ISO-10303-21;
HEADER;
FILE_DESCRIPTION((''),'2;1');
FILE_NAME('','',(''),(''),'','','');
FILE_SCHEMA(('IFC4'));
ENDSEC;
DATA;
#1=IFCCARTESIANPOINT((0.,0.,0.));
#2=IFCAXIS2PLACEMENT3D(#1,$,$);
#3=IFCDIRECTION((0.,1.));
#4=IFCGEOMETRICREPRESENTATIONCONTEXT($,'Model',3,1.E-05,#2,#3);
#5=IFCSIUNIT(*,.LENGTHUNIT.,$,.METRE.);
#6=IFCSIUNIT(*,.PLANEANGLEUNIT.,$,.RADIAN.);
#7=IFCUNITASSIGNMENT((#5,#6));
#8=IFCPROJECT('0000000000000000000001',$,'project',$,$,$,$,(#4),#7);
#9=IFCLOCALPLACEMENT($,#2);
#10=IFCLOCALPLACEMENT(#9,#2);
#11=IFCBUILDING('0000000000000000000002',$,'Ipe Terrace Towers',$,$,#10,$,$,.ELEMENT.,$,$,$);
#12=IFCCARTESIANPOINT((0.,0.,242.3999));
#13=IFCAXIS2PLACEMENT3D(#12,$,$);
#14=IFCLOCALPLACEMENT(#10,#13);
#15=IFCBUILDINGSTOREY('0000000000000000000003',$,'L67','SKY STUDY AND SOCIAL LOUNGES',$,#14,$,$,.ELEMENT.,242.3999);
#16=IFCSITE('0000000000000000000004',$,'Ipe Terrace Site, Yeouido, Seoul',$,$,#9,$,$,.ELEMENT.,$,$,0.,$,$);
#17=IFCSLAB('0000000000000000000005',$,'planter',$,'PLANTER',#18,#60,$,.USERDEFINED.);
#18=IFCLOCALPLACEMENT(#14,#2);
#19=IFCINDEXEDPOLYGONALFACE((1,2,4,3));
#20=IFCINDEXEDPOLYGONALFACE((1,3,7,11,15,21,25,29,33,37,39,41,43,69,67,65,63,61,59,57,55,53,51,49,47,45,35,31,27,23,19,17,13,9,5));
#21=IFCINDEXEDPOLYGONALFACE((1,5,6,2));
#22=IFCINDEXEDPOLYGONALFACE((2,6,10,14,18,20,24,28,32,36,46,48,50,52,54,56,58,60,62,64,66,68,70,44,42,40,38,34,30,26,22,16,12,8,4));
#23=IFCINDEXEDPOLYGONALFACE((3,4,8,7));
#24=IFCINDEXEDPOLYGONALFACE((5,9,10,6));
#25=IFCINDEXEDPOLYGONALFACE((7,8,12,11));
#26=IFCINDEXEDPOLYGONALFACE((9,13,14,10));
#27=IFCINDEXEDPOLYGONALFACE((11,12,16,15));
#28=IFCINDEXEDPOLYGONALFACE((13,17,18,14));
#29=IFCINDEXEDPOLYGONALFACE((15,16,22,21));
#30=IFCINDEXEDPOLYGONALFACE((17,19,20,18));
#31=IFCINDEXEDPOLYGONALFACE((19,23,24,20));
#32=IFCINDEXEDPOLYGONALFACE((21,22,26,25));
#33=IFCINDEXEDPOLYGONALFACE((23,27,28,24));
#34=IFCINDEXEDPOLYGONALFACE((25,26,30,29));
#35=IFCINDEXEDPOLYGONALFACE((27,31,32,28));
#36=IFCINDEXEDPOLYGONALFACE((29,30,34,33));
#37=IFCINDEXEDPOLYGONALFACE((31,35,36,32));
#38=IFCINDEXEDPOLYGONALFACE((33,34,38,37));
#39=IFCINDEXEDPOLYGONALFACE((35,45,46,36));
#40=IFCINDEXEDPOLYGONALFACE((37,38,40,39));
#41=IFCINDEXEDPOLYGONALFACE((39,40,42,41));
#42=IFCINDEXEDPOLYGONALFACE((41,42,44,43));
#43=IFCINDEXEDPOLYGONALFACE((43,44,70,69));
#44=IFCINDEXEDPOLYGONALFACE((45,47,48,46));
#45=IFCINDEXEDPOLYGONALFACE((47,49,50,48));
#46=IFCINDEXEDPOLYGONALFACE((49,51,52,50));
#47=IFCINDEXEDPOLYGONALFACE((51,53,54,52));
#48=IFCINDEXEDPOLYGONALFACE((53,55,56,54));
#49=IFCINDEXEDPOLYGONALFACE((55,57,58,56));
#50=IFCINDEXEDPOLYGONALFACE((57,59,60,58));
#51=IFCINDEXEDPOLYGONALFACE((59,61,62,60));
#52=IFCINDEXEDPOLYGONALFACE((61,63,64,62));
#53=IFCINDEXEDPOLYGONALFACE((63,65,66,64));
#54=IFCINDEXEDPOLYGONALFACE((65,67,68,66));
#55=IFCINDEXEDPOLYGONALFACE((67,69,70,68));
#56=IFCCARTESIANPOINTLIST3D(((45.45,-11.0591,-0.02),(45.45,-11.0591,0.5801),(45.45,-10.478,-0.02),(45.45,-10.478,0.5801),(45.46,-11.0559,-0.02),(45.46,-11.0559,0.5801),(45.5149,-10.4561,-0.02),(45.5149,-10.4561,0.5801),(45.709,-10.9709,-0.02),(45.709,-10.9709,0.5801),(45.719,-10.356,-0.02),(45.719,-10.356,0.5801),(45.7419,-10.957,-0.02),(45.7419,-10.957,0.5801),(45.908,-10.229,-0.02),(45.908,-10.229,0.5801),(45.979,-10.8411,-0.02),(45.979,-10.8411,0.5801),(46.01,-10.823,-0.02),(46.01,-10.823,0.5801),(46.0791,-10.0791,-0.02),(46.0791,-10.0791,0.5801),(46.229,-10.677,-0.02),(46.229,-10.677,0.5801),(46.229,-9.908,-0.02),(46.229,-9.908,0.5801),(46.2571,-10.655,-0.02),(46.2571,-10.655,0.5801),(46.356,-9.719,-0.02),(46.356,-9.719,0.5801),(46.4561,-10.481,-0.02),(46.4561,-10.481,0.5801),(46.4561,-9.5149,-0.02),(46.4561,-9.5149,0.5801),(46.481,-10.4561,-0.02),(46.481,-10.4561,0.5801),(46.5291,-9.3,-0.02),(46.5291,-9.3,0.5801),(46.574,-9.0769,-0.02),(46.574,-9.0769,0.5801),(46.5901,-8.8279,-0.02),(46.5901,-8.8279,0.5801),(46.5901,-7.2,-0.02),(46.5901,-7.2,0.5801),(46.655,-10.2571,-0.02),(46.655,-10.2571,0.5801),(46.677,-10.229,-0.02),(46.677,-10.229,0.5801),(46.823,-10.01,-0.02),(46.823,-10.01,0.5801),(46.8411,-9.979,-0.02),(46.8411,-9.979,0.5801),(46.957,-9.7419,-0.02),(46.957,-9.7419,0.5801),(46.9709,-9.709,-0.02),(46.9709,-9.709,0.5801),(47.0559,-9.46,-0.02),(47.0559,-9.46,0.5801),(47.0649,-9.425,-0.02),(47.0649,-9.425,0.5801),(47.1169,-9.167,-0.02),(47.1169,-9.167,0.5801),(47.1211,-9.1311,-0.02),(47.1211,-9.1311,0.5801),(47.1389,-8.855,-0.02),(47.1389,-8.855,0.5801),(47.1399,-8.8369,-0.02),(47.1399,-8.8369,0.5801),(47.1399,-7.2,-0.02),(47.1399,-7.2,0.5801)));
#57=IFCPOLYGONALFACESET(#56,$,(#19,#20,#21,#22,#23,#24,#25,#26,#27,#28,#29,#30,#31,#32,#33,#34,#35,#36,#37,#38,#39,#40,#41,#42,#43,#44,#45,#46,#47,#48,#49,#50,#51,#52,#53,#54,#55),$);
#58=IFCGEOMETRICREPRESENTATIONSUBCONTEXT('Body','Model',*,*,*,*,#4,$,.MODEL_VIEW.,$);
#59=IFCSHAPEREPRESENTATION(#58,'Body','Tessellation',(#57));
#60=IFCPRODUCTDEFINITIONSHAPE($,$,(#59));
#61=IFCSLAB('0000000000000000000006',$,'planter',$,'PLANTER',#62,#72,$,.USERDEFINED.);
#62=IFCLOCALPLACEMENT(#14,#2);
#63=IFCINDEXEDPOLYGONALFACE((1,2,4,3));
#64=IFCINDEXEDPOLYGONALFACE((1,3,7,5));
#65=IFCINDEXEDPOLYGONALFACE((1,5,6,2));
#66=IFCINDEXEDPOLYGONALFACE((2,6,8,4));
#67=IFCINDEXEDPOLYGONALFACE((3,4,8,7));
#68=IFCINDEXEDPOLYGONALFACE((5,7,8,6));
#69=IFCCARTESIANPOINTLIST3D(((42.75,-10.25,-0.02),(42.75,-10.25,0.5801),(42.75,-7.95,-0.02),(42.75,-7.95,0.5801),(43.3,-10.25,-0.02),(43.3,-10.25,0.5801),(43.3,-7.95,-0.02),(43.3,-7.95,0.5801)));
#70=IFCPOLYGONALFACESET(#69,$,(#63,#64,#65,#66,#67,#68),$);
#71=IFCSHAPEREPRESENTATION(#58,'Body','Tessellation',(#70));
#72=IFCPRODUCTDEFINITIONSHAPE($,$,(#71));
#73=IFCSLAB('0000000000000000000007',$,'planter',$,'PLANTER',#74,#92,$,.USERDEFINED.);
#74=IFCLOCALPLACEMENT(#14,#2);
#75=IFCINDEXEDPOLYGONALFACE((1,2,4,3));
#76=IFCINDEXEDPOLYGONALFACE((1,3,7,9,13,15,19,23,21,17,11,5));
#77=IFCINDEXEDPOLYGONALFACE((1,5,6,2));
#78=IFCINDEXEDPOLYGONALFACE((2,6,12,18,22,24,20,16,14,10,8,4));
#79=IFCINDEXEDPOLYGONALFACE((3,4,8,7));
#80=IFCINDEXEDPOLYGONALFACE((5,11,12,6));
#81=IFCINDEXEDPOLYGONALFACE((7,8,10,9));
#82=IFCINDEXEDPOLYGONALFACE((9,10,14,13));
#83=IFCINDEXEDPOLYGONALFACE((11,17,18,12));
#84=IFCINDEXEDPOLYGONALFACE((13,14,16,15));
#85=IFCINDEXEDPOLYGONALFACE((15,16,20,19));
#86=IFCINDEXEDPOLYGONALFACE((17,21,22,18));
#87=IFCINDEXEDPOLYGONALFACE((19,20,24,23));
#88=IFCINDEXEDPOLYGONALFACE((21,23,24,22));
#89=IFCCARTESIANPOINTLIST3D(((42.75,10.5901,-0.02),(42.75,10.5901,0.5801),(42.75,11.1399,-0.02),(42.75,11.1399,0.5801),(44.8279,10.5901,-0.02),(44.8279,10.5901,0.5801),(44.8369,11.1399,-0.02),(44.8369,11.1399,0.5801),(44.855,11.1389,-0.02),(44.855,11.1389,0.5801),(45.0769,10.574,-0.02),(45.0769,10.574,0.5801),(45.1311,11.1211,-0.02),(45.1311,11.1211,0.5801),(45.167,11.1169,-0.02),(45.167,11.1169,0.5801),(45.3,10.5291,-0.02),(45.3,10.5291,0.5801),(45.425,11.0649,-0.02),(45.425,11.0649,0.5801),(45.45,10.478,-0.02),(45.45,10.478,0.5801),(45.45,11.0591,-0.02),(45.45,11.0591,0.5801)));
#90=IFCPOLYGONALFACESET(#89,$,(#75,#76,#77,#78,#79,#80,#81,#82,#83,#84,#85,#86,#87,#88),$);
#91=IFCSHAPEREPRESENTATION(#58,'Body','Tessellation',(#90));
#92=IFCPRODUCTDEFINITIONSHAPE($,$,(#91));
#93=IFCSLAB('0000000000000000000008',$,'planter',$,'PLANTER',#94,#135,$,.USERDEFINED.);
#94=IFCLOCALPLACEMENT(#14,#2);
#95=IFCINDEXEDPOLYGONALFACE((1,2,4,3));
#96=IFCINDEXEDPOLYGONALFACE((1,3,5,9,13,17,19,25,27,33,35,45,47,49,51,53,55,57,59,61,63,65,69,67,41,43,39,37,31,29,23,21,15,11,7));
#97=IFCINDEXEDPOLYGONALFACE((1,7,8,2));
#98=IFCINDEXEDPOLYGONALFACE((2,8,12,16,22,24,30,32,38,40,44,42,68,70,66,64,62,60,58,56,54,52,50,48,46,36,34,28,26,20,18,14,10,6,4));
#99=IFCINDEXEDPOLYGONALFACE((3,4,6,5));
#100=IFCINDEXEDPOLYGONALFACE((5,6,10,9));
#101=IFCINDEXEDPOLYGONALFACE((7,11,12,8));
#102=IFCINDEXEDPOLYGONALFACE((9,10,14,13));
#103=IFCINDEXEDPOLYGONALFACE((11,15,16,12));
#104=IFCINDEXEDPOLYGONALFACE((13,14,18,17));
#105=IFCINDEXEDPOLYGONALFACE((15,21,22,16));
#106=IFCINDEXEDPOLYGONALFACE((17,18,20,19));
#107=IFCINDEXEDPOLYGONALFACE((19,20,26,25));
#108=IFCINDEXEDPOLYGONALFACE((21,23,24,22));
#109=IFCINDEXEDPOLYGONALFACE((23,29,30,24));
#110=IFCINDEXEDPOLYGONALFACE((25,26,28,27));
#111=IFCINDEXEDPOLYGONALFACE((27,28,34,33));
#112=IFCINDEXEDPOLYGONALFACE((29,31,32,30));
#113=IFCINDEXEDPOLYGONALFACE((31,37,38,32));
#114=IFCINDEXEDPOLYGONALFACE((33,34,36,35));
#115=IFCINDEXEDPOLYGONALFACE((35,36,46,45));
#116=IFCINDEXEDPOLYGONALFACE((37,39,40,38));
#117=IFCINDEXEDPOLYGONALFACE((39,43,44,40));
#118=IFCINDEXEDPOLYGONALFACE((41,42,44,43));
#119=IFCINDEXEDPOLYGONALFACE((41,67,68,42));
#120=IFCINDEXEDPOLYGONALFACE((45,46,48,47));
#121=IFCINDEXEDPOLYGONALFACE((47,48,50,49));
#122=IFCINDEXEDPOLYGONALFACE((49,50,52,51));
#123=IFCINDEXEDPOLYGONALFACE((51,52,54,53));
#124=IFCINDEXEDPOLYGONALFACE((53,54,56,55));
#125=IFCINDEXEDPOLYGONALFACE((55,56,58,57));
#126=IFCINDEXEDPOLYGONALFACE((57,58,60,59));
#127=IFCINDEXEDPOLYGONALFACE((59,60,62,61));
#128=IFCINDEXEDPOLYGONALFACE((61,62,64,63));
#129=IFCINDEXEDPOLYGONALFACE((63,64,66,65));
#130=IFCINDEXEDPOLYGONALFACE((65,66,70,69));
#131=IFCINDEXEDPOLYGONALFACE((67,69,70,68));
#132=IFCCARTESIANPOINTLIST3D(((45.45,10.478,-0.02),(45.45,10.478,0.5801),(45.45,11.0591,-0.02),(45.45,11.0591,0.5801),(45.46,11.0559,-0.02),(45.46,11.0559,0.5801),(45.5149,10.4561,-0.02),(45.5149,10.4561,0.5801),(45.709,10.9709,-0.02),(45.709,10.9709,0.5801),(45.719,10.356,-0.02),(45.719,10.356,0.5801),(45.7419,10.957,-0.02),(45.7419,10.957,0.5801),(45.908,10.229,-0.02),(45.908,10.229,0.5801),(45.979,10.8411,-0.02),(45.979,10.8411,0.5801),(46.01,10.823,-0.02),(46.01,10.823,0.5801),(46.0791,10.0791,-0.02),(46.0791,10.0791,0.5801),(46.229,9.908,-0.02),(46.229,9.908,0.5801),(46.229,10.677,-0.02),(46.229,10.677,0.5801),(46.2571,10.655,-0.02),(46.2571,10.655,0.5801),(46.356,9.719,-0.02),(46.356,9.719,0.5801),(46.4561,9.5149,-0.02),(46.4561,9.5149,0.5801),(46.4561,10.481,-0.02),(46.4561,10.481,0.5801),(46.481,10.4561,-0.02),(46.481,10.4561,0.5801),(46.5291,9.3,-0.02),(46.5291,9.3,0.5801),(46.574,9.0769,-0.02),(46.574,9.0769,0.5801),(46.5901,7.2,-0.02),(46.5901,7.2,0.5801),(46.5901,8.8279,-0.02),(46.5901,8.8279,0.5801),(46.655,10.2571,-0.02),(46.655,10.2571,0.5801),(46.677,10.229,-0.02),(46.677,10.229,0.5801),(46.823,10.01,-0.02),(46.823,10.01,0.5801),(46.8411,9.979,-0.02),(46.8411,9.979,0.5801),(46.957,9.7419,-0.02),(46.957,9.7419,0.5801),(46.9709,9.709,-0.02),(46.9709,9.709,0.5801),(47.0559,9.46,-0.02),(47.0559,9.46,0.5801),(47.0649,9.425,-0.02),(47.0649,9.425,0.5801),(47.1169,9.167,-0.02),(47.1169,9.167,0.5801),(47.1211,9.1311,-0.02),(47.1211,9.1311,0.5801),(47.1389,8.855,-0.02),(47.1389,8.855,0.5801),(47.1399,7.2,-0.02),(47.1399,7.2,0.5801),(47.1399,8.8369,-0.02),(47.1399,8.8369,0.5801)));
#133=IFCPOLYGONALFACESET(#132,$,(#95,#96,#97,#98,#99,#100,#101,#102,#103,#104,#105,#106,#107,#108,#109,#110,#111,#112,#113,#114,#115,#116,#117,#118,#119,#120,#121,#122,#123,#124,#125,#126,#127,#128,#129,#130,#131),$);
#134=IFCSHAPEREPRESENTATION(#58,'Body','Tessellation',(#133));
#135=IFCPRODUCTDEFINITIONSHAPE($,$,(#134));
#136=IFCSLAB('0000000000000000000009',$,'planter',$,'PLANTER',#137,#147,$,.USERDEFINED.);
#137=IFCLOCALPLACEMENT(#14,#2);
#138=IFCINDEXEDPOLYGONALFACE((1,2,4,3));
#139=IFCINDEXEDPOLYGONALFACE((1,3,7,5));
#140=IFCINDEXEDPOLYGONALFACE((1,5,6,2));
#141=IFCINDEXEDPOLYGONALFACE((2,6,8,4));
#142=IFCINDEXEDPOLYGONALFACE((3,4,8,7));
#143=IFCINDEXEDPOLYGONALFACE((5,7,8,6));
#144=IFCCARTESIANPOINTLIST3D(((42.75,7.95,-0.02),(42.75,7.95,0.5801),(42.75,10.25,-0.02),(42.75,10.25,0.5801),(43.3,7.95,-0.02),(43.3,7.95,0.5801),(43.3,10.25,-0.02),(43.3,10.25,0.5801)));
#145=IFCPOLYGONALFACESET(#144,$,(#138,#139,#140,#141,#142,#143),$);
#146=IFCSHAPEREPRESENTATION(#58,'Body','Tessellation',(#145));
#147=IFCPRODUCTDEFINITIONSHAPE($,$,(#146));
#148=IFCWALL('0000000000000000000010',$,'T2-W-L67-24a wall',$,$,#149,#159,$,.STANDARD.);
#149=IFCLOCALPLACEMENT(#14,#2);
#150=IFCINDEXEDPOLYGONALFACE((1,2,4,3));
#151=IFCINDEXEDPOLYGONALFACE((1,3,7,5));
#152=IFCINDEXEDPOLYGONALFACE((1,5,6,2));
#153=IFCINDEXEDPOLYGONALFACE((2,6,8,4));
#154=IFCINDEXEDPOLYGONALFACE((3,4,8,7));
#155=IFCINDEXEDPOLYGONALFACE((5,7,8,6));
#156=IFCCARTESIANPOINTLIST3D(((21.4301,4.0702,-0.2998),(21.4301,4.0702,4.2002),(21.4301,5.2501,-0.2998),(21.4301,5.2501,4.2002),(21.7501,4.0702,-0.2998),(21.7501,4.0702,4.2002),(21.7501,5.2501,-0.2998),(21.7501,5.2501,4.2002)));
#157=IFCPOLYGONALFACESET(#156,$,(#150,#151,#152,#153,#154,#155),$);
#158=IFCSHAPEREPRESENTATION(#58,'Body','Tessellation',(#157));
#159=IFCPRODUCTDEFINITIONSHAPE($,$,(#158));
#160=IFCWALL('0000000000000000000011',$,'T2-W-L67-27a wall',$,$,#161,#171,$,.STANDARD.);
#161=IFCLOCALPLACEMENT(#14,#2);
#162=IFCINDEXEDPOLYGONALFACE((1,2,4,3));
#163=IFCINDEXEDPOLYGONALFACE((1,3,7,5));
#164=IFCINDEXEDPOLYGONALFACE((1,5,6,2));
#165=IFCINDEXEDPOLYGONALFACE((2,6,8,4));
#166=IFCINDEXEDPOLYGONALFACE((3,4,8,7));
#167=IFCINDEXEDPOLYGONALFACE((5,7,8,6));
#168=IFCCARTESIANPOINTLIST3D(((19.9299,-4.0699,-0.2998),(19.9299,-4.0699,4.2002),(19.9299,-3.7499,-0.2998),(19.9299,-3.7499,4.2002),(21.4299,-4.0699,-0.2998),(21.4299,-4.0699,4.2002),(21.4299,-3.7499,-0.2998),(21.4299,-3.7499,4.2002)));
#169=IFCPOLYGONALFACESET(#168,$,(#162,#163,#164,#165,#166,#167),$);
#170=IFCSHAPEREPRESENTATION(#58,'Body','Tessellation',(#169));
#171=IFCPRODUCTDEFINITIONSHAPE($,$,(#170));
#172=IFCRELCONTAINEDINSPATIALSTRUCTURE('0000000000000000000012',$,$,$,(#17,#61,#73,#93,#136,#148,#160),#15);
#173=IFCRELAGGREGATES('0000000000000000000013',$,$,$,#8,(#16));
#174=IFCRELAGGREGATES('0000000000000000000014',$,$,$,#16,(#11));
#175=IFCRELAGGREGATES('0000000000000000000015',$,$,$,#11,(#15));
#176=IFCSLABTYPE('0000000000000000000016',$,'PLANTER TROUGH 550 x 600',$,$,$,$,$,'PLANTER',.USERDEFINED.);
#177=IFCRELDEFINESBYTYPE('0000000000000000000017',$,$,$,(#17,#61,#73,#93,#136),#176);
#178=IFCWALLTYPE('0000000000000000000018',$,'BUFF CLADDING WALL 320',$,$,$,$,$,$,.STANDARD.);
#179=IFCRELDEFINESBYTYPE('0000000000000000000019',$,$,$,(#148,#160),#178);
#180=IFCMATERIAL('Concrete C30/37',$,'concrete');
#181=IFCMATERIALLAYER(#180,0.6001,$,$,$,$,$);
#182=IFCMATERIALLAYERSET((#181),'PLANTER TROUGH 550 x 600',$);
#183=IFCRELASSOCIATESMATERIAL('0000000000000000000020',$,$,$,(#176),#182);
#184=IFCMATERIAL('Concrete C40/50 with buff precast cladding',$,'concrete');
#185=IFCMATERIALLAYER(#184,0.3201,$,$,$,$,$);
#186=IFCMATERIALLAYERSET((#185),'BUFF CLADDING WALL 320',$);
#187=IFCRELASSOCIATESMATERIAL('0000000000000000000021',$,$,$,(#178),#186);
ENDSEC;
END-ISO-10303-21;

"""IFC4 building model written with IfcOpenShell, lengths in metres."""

from ifc_helpers import new_model, si_unit, direction, frame, frame_2d, origin, place, context, subcontext, project, spatial, polyline, rectangle, outline, extrude, material, layer, layer_set, type_object, element, save


model = new_model("IFC4")

# Units and contexts
model_context = context("Model", 3, precision=1e-05, world=origin(), true_north=direction((0.0, 1.0)))
body_context = subcontext(model_context, "Body", "Model", "MODEL_VIEW")
ifc_project = project(units=[si_unit("LENGTHUNIT", "METRE"), si_unit("PLANEANGLEUNIT", "RADIAN")], contexts=[model_context])

# Site, building, storey
site_placement = place(None, origin())
site = spatial("IfcSite", under=ifc_project, at=site_placement, Name="Ipe Terrace Site, Yeouido, Seoul", CompositionType="ELEMENT", RefElevation=0.0)
building_placement = place(site_placement, origin())
building = spatial("IfcBuilding", under=site, at=building_placement, Name="Ipe Terrace Towers", CompositionType="ELEMENT")
storey_placement = place(building_placement, frame((0.0, 0.0, 242.3999)))
storey = spatial("IfcBuildingStorey", under=building, at=storey_placement, Name="L67", Description="SKY STUDY AND SOCIAL LOUNGES", CompositionType="ELEMENT", Elevation=242.3999)

# Slabs
ifc_material_1 = material(Name="Concrete C30/37", Category="concrete")
ifc_layer_1 = layer(ifc_material_1, 0.6001)
ifc_layer_set_1 = layer_set([ifc_layer_1], Name="PLANTER TROUGH 550 x 600")
slab_type_1 = type_object("IfcSlabType", Name="PLANTER TROUGH 550 x 600", ElementType="PLANTER", PredefinedType="USERDEFINED", material=ifc_layer_set_1)
slab_1_placement = place(storey_placement, frame((0.0, 0.0, -0.02)))
element("IfcSlab", 1, at=slab_1_placement, inside=storey, type_object=slab_type_1, Name="planter", ObjectType="PLANTER", PredefinedType="USERDEFINED", context=body_context, shape_type="SweptSolid", body=[
    extrude(outline(polyline([(45.5149, -10.4561), (45.45, -10.478), (45.45, -11.0591), (45.46, -11.0559), (45.709, -10.9709), (45.7419, -10.957), (45.979, -10.8411), (46.01, -10.823), (46.229, -10.677), (46.2571, -10.655), (46.4561, -10.481), (46.481, -10.4561), (46.655, -10.2571), (46.677, -10.229), (46.823, -10.01), (46.8411, -9.979), (46.957, -9.7419), (46.9709, -9.709), (47.0559, -9.46), (47.0649, -9.425), (47.1169, -9.167), (47.1211, -9.1311), (47.1389, -8.855), (47.1399, -8.8369), (47.1399, -7.2), (46.5901, -7.2), (46.5901, -8.8279), (46.574, -9.0769), (46.5291, -9.3), (46.4561, -9.5149), (46.356, -9.719), (46.229, -9.908), (46.0791, -10.0791), (45.908, -10.229), (45.719, -10.356), (45.5149, -10.4561)])), origin(), (0.0, 0.0, 1.0), 0.6001),
])
slab_2_placement = place(storey_placement, frame((0.0, 0.0, -0.02)))
element("IfcSlab", 2, at=slab_2_placement, inside=storey, type_object=slab_type_1, Name="planter", ObjectType="PLANTER", PredefinedType="USERDEFINED", context=body_context, shape_type="SweptSolid", body=[
    extrude(outline(polyline([(42.75, -7.95), (42.75, -10.25), (43.3, -10.25), (43.3, -7.95), (42.75, -7.95)])), origin(), (0.0, 0.0, 1.0), 0.6001),
])
slab_3_placement = place(storey_placement, frame((0.0, 0.0, -0.02)))
element("IfcSlab", 3, at=slab_3_placement, inside=storey, type_object=slab_type_1, Name="planter", ObjectType="PLANTER", PredefinedType="USERDEFINED", context=body_context, shape_type="SweptSolid", body=[
    extrude(outline(polyline([(45.3, 10.5291), (45.45, 10.478), (45.45, 11.0591), (45.425, 11.0649), (45.167, 11.1169), (45.1311, 11.1211), (44.855, 11.1389), (44.8369, 11.1399), (42.75, 11.1399), (42.75, 10.5901), (44.8279, 10.5901), (45.0769, 10.574), (45.3, 10.5291)])), origin(), (0.0, 0.0, 1.0), 0.6001),
])
slab_4_placement = place(storey_placement, frame((0.0, 0.0, -0.02)))
element("IfcSlab", 4, at=slab_4_placement, inside=storey, type_object=slab_type_1, Name="planter", ObjectType="PLANTER", PredefinedType="USERDEFINED", context=body_context, shape_type="SweptSolid", body=[
    extrude(outline(polyline([(45.5149, 10.4561), (45.719, 10.356), (45.908, 10.229), (46.0791, 10.0791), (46.229, 9.908), (46.356, 9.719), (46.4561, 9.5149), (46.5291, 9.3), (46.574, 9.0769), (46.5901, 8.8279), (46.5901, 7.2), (47.1399, 7.2), (47.1399, 8.8369), (47.1389, 8.855), (47.1211, 9.1311), (47.1169, 9.167), (47.0649, 9.425), (47.0559, 9.46), (46.9709, 9.709), (46.957, 9.7419), (46.8411, 9.979), (46.823, 10.01), (46.677, 10.229), (46.655, 10.2571), (46.481, 10.4561), (46.4561, 10.481), (46.2571, 10.655), (46.229, 10.677), (46.01, 10.823), (45.979, 10.8411), (45.7419, 10.957), (45.709, 10.9709), (45.46, 11.0559), (45.45, 11.0591), (45.45, 10.478), (45.5149, 10.4561)])), origin(), (0.0, 0.0, 1.0), 0.6001),
])
slab_5_placement = place(storey_placement, frame((0.0, 0.0, -0.02)))
element("IfcSlab", 5, at=slab_5_placement, inside=storey, type_object=slab_type_1, Name="planter", ObjectType="PLANTER", PredefinedType="USERDEFINED", context=body_context, shape_type="SweptSolid", body=[
    extrude(outline(polyline([(42.75, 7.95), (43.3, 7.95), (43.3, 10.25), (42.75, 10.25), (42.75, 7.95)])), origin(), (0.0, 0.0, 1.0), 0.6001),
])

# Walls
ifc_material_2 = material(Name="Concrete C40/50 with buff precast cladding", Category="concrete")
ifc_layer_2 = layer(ifc_material_2, 0.3201)
ifc_layer_set_2 = layer_set([ifc_layer_2], Name="BUFF CLADDING WALL 320")
wall_type = type_object("IfcWallType", Name="BUFF CLADDING WALL 320", PredefinedType="STANDARD", material=ifc_layer_set_2)
wall_1_placement = place(storey_placement, frame((21.5901, 5.25, -0.2998), z_axis=(0.0, 0.0, 1.0), x_axis=(0.0, -1.0, 0.0)))
element("IfcWall", 6, at=wall_1_placement, inside=storey, type_object=wall_type, Name="T2-W-L67-24a wall", PredefinedType="STANDARD", context=body_context, shape_type="SweptSolid", body=[
    extrude(rectangle(XDim=1.1799, YDim=0.3201, at=frame_2d((0.5898, 0.0))), origin(), (0.0, 0.0, 1.0), 4.5),
])
wall_2_placement = place(storey_placement, frame((19.9299, -3.9099, -0.2998), z_axis=(0.0, 0.0, 1.0), x_axis=(1.0, 0.0, 0.0)))
element("IfcWall", 7, at=wall_2_placement, inside=storey, type_object=wall_type, Name="T2-W-L67-27a wall", PredefinedType="STANDARD", context=body_context, shape_type="SweptSolid", body=[
    extrude(rectangle(XDim=1.5, YDim=0.3201, at=frame_2d((0.75, 0.0))), origin(), (0.0, 0.0, 1.0), 4.5),
])

save(model, "model.ifc")
